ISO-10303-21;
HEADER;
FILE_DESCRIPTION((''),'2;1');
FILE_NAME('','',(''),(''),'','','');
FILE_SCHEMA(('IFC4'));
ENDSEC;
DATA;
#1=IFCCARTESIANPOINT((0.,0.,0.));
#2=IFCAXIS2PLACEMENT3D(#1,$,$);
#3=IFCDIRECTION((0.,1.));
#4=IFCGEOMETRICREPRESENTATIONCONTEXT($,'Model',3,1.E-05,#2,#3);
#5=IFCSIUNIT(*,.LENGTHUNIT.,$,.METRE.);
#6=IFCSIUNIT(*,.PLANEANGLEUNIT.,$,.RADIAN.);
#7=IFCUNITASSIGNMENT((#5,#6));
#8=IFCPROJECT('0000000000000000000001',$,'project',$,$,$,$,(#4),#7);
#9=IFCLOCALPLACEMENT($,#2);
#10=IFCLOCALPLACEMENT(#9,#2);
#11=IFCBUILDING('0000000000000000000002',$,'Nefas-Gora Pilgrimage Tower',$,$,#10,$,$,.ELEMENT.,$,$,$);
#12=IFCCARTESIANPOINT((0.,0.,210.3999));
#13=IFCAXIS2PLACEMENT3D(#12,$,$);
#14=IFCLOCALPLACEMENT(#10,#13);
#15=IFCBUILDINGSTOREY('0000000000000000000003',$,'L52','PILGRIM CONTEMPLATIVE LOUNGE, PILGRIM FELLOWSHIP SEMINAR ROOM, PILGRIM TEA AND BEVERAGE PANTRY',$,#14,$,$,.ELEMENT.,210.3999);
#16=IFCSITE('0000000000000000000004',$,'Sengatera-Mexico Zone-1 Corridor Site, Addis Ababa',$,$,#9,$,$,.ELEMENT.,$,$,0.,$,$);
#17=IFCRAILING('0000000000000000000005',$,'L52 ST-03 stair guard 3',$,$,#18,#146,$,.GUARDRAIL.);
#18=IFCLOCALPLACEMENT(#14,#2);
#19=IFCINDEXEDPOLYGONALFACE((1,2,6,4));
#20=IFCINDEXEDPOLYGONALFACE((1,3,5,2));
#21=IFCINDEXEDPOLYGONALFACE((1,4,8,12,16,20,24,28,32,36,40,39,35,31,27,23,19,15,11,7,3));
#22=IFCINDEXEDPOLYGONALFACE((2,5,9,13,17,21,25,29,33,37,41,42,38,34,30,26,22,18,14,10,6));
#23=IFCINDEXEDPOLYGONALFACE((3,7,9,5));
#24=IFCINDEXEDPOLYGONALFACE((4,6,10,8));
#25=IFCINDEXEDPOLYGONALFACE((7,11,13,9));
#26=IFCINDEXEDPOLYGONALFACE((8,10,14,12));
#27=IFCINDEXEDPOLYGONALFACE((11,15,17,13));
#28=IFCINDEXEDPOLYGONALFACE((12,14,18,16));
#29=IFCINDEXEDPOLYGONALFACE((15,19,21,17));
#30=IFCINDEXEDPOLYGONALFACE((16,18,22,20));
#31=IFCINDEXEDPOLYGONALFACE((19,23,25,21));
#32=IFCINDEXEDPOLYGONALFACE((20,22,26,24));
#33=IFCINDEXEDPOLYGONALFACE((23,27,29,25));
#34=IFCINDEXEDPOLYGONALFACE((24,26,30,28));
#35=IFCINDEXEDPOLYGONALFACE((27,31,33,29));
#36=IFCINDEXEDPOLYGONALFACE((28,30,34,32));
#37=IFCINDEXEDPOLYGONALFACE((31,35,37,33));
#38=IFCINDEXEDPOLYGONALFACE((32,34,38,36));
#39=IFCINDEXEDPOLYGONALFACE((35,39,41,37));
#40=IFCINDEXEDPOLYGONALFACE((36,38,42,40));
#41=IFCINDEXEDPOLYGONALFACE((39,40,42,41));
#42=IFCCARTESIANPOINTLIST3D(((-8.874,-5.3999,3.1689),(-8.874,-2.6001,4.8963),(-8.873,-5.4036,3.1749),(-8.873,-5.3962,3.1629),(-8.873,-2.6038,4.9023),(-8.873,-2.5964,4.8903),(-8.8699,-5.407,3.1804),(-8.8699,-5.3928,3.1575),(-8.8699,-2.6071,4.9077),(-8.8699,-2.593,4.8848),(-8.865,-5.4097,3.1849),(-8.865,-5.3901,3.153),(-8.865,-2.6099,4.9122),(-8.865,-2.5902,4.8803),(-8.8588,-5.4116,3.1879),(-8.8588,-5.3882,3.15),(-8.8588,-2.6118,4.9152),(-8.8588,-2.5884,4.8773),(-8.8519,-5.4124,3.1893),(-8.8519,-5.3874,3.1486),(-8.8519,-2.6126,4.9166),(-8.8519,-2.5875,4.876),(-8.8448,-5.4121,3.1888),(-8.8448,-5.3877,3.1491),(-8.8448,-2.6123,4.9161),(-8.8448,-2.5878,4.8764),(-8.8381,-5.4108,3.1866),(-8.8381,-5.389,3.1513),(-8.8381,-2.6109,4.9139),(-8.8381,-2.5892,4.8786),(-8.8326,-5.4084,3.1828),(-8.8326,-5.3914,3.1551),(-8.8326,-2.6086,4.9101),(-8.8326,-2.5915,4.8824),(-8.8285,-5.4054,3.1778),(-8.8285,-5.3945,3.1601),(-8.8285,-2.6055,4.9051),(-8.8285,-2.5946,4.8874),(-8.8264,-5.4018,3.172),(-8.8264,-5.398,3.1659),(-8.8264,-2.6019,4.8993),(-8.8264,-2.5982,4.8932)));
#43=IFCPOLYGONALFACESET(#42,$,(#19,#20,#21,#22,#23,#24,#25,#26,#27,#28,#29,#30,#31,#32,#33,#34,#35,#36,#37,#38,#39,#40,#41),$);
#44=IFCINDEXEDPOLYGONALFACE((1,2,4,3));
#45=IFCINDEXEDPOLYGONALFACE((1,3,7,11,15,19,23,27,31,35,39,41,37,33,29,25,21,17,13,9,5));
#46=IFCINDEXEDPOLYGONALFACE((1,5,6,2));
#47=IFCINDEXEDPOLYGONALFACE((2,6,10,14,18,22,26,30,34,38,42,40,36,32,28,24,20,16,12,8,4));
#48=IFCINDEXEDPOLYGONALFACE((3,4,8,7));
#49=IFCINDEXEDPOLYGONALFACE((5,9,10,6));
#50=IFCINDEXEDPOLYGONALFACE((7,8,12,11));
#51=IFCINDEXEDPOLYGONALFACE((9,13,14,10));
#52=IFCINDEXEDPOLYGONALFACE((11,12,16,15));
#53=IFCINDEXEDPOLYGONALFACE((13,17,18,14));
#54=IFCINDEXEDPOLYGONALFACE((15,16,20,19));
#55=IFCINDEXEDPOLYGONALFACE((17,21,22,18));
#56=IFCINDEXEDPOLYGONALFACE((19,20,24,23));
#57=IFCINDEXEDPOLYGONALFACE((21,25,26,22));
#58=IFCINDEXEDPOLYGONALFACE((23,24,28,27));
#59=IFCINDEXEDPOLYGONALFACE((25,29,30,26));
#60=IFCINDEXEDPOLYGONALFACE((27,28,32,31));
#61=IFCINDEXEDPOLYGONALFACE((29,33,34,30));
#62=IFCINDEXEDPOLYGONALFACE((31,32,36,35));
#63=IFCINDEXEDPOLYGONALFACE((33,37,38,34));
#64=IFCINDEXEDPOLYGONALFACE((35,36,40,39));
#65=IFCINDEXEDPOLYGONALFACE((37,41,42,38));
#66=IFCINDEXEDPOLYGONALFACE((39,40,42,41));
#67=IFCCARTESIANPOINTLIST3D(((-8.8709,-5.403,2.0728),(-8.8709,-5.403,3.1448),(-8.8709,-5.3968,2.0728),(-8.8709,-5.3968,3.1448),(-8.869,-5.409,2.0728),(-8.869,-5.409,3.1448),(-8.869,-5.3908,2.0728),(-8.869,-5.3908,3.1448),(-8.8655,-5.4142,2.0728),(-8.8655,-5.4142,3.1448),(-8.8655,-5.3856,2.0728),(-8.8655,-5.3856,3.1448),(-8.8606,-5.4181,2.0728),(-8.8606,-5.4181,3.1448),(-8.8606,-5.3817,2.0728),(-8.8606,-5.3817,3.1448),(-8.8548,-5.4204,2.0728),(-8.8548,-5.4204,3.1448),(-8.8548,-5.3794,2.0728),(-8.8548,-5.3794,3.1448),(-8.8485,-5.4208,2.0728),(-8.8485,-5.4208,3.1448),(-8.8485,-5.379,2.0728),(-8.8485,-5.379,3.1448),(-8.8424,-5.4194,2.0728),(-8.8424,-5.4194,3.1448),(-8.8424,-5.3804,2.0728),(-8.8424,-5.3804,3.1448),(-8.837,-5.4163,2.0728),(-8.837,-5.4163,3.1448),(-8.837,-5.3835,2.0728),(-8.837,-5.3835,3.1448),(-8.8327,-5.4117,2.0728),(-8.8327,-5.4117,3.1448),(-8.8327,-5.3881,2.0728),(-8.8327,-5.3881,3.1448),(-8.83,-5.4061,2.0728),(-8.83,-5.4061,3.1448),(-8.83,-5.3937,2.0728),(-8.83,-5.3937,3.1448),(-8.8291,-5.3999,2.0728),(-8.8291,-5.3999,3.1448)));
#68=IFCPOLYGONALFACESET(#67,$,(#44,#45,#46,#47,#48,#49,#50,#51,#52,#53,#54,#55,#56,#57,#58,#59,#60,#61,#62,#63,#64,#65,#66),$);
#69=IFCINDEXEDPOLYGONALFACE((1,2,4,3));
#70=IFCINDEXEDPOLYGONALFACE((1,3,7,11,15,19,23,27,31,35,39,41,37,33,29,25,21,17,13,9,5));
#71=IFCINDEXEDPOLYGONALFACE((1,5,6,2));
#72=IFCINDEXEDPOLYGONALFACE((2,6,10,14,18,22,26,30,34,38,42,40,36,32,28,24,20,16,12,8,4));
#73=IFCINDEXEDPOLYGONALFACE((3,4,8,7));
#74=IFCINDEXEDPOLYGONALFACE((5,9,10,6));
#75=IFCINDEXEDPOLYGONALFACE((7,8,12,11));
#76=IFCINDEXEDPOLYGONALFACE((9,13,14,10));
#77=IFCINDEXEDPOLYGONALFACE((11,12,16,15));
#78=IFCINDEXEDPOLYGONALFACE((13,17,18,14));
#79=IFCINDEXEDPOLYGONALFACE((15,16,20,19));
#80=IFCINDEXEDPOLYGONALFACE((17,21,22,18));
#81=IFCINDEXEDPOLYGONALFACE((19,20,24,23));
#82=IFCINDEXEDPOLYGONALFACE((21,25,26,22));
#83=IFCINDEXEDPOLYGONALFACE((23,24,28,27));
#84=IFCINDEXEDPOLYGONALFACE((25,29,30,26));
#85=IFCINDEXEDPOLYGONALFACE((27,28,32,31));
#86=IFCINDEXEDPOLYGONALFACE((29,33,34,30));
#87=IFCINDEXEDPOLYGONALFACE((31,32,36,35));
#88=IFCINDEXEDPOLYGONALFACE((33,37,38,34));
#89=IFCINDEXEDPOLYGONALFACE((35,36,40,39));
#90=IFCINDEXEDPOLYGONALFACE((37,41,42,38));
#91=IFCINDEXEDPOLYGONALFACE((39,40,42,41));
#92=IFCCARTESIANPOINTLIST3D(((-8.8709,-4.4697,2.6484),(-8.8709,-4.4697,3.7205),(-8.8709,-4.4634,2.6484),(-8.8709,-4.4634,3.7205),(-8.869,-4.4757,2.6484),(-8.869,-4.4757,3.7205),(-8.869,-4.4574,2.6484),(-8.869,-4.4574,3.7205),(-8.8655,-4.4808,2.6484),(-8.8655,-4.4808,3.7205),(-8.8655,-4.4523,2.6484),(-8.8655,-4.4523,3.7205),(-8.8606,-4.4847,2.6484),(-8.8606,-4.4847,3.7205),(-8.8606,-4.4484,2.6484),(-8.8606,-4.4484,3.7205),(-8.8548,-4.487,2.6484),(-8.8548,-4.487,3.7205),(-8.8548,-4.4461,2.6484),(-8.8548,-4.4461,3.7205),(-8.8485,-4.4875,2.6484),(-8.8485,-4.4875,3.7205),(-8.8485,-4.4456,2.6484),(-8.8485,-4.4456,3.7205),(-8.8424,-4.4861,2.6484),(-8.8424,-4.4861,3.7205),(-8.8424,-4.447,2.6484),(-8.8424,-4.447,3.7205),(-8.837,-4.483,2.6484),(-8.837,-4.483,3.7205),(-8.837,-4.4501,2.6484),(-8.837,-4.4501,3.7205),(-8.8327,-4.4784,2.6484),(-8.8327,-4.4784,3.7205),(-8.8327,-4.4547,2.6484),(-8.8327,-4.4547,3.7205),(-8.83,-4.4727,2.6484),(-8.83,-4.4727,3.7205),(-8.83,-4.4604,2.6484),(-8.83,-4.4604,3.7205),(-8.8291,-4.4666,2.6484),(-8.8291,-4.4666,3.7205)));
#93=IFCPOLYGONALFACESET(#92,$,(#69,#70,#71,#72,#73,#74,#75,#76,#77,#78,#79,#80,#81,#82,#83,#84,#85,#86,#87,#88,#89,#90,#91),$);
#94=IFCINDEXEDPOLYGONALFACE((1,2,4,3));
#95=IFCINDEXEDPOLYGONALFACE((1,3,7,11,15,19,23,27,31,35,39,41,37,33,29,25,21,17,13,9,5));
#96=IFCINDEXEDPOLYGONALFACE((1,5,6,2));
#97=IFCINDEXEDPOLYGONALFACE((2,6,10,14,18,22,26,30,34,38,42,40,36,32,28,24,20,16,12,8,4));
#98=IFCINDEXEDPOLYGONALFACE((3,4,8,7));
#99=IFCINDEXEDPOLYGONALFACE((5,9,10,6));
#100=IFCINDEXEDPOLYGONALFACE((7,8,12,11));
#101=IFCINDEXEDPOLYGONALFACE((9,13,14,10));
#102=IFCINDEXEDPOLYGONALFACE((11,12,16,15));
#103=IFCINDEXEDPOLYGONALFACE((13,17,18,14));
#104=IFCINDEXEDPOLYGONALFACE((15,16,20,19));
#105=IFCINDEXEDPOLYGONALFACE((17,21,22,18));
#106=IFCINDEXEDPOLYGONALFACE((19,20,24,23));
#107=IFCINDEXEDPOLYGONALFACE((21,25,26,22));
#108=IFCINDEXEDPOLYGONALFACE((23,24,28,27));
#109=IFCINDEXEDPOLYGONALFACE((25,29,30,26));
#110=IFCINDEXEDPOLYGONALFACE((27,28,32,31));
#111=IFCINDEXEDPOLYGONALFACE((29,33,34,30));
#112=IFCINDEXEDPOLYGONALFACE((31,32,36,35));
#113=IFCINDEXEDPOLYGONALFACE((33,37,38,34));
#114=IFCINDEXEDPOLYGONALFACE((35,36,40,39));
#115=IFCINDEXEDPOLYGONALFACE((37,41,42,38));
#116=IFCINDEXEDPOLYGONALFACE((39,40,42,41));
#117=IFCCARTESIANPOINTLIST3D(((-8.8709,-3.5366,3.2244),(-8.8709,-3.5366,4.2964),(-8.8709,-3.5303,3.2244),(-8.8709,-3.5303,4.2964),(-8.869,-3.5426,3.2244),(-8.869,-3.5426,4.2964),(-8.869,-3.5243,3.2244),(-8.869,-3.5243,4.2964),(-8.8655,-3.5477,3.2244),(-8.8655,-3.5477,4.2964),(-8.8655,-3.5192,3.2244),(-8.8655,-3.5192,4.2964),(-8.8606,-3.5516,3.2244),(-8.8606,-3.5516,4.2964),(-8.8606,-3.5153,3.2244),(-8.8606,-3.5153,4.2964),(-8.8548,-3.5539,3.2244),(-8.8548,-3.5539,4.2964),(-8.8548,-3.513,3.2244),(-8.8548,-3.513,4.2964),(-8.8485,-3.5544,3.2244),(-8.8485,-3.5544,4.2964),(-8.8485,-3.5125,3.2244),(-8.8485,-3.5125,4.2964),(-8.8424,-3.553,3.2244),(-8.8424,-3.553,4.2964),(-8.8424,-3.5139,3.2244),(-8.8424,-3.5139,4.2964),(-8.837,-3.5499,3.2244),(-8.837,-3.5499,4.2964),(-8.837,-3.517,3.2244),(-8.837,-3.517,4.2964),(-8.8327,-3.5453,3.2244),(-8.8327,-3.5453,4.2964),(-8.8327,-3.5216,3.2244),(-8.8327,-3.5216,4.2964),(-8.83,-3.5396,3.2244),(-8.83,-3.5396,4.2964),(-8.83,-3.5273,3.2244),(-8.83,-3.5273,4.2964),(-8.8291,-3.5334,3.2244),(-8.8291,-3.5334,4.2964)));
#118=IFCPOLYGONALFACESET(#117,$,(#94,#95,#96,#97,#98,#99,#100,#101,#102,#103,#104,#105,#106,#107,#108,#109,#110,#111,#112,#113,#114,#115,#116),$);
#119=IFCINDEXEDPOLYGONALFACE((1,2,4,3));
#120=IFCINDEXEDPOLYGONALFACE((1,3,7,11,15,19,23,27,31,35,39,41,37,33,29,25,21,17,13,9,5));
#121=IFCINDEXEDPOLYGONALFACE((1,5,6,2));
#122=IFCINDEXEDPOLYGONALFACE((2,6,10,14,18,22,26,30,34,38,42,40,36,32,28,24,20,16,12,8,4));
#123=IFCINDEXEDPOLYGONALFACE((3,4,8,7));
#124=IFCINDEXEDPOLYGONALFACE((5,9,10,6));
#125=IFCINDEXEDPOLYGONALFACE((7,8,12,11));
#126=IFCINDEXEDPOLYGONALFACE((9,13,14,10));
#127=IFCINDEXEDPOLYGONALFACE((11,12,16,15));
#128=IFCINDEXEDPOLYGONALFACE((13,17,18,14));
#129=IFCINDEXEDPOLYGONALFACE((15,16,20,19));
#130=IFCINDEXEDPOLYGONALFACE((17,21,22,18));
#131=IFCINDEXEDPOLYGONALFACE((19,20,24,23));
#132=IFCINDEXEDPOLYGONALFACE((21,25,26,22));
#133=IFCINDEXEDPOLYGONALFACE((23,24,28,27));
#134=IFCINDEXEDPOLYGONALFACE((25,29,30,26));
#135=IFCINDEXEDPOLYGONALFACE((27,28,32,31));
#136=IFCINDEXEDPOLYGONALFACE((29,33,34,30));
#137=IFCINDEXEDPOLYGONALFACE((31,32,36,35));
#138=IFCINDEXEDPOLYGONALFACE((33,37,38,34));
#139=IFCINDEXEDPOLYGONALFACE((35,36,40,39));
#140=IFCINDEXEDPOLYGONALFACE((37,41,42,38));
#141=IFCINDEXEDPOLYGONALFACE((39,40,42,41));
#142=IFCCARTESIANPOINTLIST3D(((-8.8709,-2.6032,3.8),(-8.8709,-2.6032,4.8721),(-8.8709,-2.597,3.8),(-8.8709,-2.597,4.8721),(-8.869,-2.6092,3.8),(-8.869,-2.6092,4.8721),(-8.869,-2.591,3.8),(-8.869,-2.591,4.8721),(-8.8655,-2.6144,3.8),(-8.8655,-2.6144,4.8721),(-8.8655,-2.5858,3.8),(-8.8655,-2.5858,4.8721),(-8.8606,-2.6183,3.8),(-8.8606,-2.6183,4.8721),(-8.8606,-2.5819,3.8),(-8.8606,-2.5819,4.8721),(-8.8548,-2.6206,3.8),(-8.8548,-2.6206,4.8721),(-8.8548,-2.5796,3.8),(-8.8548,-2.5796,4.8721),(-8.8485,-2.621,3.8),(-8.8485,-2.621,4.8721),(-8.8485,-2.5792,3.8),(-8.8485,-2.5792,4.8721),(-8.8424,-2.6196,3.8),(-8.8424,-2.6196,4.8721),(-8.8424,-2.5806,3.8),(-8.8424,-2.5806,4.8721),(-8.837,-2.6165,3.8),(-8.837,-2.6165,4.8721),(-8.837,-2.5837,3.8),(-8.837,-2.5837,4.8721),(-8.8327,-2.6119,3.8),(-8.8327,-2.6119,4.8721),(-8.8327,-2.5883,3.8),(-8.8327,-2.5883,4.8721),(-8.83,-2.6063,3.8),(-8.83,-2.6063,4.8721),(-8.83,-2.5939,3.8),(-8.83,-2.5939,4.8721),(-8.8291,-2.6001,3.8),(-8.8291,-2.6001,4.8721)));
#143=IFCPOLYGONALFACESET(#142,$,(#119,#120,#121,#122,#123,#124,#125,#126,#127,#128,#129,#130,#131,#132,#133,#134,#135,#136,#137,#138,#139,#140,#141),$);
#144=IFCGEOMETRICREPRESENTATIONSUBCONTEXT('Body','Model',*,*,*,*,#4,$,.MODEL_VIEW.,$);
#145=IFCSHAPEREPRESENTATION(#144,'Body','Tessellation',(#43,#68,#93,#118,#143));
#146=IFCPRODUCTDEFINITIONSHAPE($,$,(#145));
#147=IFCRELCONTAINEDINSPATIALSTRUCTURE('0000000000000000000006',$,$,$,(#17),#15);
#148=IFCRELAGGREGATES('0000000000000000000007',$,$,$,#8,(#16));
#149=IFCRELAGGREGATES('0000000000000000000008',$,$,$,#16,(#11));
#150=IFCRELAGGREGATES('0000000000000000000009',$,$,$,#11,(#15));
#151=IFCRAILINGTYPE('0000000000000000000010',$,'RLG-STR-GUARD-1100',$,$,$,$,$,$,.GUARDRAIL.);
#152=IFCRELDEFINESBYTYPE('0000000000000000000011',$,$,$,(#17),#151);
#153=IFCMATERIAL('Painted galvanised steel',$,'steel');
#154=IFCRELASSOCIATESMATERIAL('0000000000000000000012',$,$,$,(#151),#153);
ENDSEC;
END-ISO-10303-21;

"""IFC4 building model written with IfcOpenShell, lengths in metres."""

from ifc_helpers import new_model, si_unit, direction, frame, origin, origin_2d, place, context, subcontext, project, spatial, circle, extrude, material, type_object, element, save


model = new_model("IFC4")

# Units and contexts
model_context = context("Model", 3, precision=1e-05, world=origin(), true_north=direction((0.0, 1.0)))
body_context = subcontext(model_context, "Body", "Model", "MODEL_VIEW")
ifc_project = project(units=[si_unit("LENGTHUNIT", "METRE"), si_unit("PLANEANGLEUNIT", "RADIAN")], contexts=[model_context])

# Site, building, storey
site_placement = place(None, origin())
site = spatial("IfcSite", under=ifc_project, at=site_placement, Name="Sengatera-Mexico Zone-1 Corridor Site, Addis Ababa", CompositionType="ELEMENT", RefElevation=0.0)
building_placement = place(site_placement, origin())
building = spatial("IfcBuilding", under=site, at=building_placement, Name="Nefas-Gora Pilgrimage Tower", CompositionType="ELEMENT")
storey_placement = place(building_placement, frame((0.0, 0.0, 210.3999)))
storey = spatial("IfcBuildingStorey", under=building, at=storey_placement, Name="L52", Description="PILGRIM CONTEMPLATIVE LOUNGE, PILGRIM FELLOWSHIP SEMINAR ROOM, PILGRIM TEA AND BEVERAGE PANTRY", CompositionType="ELEMENT", Elevation=210.3999)

# Railing
ifc_material_1 = material(Name="Painted galvanised steel", Category="steel")
railing_type_1 = type_object("IfcRailingType", Name="RLG-STR-GUARD-1100", PredefinedType="GUARDRAIL", material=ifc_material_1)
railing_1_placement = place(storey_placement, frame((-8.8501, -5.3999, 2.0728)))
element("IfcRailing", 1, at=railing_1_placement, inside=storey, type_object=railing_type_1, Name="L52 ST-03 stair guard 3", PredefinedType="GUARDRAIL", context=body_context, shape_type="SweptSolid", body=[
    extrude(circle(Radius=0.0239, at=origin_2d()), frame((0.0, 0.0, 1.0962), z_axis=(0.0, 0.851069, 0.525054), x_axis=(-1.0, 0.0, 0.0)), (0.0, 0.0, 1.0), 3.2898),
    extrude(circle(Radius=0.021, at=origin_2d()), origin(), (0.0, 0.0, 1.0), 1.072),
    extrude(circle(Radius=0.021, at=origin_2d()), frame((0.0, 0.9333, 0.5757)), (0.0, 0.0, 1.0), 1.072),
    extrude(circle(Radius=0.021, at=origin_2d()), frame((0.0, 1.8665, 1.1516)), (0.0, 0.0, 1.0), 1.072),
    extrude(circle(Radius=0.021, at=origin_2d()), frame((0.0, 2.7998, 1.7273)), (0.0, 0.0, 1.0), 1.072),
])

save(model, "model.ifc")
